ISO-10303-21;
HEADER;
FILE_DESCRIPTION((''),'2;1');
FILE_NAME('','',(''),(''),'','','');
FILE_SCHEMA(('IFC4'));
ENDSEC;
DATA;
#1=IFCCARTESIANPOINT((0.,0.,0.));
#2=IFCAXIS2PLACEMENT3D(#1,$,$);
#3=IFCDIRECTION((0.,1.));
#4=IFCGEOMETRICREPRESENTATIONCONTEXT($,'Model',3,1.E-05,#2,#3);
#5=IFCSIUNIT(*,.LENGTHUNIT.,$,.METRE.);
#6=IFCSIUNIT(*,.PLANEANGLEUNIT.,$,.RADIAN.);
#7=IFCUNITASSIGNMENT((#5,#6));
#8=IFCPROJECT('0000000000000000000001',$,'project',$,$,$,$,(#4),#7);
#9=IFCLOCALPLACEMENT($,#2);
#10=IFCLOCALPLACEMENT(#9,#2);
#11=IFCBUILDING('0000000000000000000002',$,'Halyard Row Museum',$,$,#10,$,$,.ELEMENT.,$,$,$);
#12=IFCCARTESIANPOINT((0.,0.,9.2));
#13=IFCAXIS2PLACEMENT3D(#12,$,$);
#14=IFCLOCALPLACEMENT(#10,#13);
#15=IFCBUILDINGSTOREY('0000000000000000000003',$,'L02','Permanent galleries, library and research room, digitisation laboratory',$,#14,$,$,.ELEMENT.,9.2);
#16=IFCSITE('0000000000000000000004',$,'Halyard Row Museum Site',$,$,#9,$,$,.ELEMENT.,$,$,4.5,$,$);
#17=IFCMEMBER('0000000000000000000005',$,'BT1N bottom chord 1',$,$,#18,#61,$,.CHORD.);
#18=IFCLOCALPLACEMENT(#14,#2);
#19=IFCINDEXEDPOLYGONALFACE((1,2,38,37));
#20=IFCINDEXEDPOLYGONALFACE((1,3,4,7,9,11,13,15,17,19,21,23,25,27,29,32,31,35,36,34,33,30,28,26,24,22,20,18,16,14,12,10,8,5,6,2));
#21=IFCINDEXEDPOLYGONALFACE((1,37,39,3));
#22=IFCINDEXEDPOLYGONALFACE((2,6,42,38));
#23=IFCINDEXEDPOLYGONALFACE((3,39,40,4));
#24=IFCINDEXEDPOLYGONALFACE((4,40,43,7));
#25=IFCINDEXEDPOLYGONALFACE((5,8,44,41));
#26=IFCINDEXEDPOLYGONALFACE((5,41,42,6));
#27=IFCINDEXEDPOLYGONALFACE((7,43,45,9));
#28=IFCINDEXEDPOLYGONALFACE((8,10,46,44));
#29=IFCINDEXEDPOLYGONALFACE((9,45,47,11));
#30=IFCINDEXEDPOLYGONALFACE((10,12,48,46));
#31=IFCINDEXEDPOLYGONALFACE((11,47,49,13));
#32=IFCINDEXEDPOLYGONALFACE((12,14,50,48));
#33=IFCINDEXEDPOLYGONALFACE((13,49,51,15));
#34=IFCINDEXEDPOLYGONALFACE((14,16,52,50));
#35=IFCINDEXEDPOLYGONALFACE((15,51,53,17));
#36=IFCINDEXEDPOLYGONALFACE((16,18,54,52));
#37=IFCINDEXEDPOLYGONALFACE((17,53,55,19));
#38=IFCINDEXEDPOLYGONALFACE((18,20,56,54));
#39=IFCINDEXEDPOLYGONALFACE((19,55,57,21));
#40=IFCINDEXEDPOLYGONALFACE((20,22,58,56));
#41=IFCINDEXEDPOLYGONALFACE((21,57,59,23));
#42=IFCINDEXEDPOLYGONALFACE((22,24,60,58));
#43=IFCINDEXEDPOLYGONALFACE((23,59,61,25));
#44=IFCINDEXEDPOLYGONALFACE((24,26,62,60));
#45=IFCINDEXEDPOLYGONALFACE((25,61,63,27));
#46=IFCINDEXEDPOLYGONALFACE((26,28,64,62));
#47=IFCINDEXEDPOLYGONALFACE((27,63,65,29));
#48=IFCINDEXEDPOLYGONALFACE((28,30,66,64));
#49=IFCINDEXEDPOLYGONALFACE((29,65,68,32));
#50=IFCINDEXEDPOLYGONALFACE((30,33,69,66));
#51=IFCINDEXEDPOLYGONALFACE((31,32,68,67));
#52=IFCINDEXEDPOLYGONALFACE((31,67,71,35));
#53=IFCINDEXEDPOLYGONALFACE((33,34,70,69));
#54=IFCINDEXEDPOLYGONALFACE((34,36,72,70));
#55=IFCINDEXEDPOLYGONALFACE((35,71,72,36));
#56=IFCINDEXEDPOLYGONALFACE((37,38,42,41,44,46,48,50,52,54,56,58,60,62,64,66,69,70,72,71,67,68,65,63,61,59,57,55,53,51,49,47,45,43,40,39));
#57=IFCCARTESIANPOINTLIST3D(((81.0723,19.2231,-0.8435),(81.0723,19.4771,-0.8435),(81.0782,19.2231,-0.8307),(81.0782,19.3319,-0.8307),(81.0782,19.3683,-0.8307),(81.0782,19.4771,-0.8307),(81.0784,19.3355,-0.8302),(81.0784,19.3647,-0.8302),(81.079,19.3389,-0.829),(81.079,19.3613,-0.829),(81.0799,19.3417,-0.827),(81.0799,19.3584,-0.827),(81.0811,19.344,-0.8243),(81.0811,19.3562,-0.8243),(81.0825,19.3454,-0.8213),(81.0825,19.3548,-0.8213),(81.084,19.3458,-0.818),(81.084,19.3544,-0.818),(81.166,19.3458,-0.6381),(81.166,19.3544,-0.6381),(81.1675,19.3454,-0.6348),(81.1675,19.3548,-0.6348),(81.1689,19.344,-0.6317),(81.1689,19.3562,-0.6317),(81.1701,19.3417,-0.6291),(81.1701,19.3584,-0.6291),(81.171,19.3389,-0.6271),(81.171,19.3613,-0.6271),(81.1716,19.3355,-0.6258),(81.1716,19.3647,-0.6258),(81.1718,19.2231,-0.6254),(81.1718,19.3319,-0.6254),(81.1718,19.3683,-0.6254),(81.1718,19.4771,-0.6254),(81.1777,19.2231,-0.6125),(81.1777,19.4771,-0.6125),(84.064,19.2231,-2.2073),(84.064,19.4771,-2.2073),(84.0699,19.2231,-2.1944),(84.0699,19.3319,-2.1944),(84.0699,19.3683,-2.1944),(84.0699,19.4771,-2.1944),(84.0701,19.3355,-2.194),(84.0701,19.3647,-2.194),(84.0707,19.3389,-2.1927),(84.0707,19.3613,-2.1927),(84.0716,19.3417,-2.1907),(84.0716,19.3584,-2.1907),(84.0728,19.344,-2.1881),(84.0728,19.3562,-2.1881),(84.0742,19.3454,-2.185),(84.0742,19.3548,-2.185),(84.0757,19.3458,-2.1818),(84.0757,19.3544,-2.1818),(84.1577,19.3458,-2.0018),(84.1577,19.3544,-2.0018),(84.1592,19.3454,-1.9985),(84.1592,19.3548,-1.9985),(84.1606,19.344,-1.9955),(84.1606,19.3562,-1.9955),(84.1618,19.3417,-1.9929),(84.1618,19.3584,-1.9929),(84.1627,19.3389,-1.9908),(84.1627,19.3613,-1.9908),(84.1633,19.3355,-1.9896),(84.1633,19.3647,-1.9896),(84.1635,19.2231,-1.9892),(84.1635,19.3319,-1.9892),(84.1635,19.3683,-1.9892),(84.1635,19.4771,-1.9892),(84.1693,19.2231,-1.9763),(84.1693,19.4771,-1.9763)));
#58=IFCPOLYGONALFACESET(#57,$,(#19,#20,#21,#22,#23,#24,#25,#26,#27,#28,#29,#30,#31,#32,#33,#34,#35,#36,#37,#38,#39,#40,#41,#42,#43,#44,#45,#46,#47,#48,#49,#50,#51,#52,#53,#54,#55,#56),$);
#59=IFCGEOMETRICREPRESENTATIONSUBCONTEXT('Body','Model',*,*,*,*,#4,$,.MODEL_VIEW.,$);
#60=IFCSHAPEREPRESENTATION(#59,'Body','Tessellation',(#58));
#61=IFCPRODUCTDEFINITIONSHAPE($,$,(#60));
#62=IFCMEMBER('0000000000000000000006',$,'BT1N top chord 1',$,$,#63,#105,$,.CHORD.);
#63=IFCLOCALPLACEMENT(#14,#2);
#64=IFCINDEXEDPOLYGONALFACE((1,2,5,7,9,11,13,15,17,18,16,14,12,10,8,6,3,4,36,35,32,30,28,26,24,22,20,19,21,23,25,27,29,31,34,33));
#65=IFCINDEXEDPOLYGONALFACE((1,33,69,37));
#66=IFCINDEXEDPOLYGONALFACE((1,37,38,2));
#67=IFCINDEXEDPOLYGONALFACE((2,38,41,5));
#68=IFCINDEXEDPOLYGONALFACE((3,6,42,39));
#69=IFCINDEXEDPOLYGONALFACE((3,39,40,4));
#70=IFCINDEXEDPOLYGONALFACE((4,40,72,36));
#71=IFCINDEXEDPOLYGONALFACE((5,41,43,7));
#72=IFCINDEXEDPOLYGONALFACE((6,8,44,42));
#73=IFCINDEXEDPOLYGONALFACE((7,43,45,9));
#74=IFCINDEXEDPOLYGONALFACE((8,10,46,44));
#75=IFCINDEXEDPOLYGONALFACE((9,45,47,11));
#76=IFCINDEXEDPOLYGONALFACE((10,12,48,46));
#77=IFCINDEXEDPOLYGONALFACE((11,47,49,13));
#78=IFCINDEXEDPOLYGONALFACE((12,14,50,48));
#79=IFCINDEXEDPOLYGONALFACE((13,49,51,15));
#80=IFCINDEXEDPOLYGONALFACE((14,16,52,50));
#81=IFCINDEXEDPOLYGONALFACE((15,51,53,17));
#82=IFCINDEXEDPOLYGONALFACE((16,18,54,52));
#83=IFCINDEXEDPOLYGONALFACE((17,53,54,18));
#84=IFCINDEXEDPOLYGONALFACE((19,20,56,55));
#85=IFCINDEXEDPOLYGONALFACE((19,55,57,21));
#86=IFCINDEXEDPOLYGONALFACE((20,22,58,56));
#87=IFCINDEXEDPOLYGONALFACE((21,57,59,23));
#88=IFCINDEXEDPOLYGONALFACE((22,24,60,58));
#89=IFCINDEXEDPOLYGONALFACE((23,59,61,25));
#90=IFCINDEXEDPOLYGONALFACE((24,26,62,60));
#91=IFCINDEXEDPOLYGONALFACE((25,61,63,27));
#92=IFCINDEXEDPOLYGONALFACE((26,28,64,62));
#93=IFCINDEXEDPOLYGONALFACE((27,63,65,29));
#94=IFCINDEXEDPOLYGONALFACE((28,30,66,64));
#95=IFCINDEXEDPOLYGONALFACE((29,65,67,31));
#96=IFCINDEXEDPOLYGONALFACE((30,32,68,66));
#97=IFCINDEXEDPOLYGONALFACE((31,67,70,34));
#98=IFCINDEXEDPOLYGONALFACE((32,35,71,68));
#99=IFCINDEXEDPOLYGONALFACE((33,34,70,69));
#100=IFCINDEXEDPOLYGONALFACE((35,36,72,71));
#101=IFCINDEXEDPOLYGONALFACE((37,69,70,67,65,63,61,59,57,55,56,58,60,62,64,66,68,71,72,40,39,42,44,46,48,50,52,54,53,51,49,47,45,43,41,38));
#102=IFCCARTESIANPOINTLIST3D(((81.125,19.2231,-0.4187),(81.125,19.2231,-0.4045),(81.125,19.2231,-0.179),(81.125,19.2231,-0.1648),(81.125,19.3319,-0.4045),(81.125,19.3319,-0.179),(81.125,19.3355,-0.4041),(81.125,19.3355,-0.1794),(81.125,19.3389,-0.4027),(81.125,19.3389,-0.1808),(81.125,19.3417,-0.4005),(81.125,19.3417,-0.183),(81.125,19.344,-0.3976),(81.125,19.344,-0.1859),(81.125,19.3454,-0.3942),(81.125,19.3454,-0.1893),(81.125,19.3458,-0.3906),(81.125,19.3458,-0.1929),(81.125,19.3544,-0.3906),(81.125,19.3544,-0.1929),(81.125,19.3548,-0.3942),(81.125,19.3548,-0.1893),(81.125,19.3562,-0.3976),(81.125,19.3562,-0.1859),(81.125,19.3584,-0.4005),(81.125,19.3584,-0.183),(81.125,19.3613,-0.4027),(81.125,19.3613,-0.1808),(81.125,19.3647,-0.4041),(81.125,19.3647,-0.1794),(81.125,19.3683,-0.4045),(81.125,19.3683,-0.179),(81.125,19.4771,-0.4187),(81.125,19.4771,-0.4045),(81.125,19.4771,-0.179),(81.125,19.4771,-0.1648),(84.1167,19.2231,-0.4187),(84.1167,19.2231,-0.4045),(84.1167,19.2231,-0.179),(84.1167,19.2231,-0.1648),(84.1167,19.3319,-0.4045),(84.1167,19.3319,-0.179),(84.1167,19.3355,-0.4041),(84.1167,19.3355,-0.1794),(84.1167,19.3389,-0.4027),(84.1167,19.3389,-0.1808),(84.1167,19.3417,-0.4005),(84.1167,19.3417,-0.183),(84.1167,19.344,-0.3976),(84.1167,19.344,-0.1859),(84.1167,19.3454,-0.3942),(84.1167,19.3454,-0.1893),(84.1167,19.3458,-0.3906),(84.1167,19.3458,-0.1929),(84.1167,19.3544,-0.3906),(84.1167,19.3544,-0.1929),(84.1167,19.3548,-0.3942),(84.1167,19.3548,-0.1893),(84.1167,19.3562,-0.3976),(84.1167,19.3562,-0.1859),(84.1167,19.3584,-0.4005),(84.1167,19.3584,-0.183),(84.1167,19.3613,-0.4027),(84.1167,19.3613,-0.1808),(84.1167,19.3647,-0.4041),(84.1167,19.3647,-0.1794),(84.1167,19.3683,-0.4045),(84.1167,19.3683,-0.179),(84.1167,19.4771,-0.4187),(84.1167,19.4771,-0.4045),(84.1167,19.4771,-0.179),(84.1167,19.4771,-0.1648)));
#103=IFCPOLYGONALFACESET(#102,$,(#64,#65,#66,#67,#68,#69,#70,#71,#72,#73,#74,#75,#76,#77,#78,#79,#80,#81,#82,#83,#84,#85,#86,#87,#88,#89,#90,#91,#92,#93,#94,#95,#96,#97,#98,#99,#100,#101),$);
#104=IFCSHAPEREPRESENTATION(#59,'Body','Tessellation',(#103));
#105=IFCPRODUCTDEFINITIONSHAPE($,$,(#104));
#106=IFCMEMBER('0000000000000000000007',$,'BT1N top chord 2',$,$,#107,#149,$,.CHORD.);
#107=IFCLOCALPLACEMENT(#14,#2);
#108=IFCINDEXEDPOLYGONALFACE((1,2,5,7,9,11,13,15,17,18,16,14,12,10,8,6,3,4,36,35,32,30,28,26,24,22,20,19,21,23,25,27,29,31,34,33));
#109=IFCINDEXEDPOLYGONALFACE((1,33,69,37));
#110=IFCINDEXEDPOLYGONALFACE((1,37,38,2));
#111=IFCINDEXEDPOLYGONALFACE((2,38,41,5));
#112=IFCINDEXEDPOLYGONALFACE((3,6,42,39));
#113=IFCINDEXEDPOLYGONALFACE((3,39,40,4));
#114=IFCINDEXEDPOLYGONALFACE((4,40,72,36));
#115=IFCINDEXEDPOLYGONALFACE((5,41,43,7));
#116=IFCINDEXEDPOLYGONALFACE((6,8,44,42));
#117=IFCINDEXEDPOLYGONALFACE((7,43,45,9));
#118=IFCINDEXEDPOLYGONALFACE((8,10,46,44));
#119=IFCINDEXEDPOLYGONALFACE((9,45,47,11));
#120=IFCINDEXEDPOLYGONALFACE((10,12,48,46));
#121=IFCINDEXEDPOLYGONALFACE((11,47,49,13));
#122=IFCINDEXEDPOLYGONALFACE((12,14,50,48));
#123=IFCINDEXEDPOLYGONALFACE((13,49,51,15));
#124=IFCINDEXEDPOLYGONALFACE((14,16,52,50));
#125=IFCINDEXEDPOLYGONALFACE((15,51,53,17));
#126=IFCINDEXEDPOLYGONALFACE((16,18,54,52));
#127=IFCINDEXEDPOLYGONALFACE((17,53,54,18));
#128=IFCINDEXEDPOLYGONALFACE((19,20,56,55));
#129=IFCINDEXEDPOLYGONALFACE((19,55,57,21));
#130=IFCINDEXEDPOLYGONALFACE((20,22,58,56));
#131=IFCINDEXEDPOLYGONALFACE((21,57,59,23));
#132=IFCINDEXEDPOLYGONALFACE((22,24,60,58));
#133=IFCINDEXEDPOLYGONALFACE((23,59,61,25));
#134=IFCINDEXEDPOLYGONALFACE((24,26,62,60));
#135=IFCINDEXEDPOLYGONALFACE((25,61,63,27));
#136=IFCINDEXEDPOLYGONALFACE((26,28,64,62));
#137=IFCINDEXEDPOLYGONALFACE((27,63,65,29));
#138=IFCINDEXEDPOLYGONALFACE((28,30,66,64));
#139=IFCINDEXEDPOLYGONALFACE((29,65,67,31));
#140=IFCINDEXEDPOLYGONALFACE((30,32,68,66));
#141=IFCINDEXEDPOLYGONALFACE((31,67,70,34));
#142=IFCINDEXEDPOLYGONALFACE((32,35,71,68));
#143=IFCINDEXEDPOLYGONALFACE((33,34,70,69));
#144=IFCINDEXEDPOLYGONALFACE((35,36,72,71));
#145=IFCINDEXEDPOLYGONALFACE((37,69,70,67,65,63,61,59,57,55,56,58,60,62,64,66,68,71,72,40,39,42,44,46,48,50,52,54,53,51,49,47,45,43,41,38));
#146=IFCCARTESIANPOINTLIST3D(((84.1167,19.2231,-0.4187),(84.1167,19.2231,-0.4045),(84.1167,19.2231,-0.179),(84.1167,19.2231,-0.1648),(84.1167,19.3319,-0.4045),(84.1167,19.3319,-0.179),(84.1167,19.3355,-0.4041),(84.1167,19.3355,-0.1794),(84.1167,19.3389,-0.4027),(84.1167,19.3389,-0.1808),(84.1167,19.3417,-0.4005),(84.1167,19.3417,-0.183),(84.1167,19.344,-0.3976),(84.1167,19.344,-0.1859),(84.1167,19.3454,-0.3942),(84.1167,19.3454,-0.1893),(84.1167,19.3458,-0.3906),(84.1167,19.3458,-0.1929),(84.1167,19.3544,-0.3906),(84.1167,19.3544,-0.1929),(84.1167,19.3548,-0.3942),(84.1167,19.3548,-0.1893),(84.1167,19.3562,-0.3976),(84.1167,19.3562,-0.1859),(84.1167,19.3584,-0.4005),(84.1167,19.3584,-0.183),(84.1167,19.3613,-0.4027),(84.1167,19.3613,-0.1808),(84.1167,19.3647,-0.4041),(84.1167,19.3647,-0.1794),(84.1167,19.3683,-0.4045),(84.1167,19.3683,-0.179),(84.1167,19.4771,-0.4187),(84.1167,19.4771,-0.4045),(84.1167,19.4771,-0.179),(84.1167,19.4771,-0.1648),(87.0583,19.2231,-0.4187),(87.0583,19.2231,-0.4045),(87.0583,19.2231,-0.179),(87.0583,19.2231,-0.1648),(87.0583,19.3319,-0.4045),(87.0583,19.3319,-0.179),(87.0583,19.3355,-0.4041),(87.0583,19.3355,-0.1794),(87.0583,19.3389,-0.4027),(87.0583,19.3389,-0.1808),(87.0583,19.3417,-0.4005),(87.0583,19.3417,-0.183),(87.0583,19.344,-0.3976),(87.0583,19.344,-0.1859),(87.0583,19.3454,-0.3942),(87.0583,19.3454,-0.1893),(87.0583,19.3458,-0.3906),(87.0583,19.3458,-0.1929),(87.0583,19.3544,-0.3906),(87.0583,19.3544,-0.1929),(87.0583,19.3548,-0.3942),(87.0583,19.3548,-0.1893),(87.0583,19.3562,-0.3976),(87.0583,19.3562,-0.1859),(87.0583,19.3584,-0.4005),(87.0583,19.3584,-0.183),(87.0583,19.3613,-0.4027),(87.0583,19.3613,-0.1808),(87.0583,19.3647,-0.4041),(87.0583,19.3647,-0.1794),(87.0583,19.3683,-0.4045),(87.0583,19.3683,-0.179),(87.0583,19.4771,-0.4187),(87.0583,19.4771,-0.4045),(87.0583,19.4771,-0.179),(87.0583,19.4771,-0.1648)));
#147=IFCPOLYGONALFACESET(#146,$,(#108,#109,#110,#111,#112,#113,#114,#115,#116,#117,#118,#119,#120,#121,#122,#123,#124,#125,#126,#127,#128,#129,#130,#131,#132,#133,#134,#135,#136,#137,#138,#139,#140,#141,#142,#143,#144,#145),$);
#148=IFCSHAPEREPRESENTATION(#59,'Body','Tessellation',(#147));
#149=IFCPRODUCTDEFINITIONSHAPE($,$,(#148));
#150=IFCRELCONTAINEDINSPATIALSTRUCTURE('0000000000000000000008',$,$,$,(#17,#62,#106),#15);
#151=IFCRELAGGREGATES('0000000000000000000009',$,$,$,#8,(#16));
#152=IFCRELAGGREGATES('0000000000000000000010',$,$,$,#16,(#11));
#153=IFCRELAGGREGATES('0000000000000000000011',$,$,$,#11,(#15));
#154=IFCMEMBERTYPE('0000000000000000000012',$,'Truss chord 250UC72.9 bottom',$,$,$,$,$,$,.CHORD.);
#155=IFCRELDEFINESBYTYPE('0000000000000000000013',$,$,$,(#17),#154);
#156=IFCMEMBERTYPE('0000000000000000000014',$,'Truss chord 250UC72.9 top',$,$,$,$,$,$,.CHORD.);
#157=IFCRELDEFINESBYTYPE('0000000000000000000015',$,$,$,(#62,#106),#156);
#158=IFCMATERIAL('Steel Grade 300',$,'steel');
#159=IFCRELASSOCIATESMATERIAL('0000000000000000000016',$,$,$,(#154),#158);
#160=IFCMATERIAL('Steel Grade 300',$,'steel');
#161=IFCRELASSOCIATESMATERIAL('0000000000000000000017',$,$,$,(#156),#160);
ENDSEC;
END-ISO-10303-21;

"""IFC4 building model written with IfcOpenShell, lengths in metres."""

from ifc_helpers import new_model, si_unit, direction, frame, origin, origin_2d, place, context, subcontext, project, spatial, i_section, extrude, material, material_profile, profile_set, type_object, element, save


model = new_model("IFC4")

# Units and contexts
model_context = context("Model", 3, precision=1e-05, world=origin(), true_north=direction((0.0, 1.0)))
body_context = subcontext(model_context, "Body", "Model", "MODEL_VIEW")
ifc_project = project(units=[si_unit("LENGTHUNIT", "METRE"), si_unit("PLANEANGLEUNIT", "RADIAN")], contexts=[model_context])

# Site, building, storey
site_placement = place(None, origin())
site = spatial("IfcSite", under=ifc_project, at=site_placement, Name="Halyard Row Museum Site", CompositionType="ELEMENT", RefElevation=4.5)
building_placement = place(site_placement, origin())
building = spatial("IfcBuilding", under=site, at=building_placement, Name="Halyard Row Museum", CompositionType="ELEMENT")
storey_placement = place(building_placement, frame((0.0, 0.0, 9.2)))
storey = spatial("IfcBuildingStorey", under=building, at=storey_placement, Name="L02", Description="Permanent galleries, library and research room, digitisation laboratory", CompositionType="ELEMENT", Elevation=9.2)

# Members
ifc_material_1 = material(Name="Steel Grade 300", Category="steel")
ifc_material_profile_1 = material_profile(ifc_material_1, i_section(OverallWidth=0.2539, OverallDepth=0.2539, WebThickness=0.0085, FlangeThickness=0.0142, FilletRadius=0.0139, at=origin_2d()), Name="250UC72.9")
ifc_profile_set_1 = profile_set([ifc_material_profile_1], Name="Steel Grade 300")
member_type_1 = type_object("IfcMemberType", Name="Truss chord 250UC72.9 bottom", PredefinedType="CHORD", material=ifc_profile_set_1)
member_1_placement = place(storey_placement, frame((81.125, 19.3501, -0.728), z_axis=(0.909918, 0.0, -0.414787), x_axis=(0.0, 1.0, 0.0)))
element("IfcMember", 1, at=member_1_placement, inside=storey, type_object=member_type_1, Name="BT1N bottom chord 1", PredefinedType="CHORD", context=body_context, shape_type="SweptSolid", body=[
    extrude(i_section(OverallWidth=0.2539, OverallDepth=0.2539, WebThickness=0.0085, FlangeThickness=0.0142, FilletRadius=0.0139, at=origin_2d()), origin(), (0.0, 0.0, 1.0), 3.2878),
])
ifc_material_2 = material(Name="Steel Grade 300", Category="steel")
ifc_material_profile_2 = material_profile(ifc_material_2, i_section(OverallWidth=0.2539, OverallDepth=0.2539, WebThickness=0.0085, FlangeThickness=0.0142, FilletRadius=0.0139, at=origin_2d()), Name="250UC72.9")
ifc_profile_set_2 = profile_set([ifc_material_profile_2], Name="Steel Grade 300")
member_type_2 = type_object("IfcMemberType", Name="Truss chord 250UC72.9 top", PredefinedType="CHORD", material=ifc_profile_set_2)
member_2_placement = place(storey_placement, frame((81.125, 19.3501, -0.2917), z_axis=(1.0, 0.0, 0.0), x_axis=(0.0, 1.0, 0.0)))
element("IfcMember", 2, at=member_2_placement, inside=storey, type_object=member_type_2, Name="BT1N top chord 1", PredefinedType="CHORD", context=body_context, shape_type="SweptSolid", body=[
    extrude(i_section(OverallWidth=0.2539, OverallDepth=0.2539, WebThickness=0.0085, FlangeThickness=0.0142, FilletRadius=0.0139, at=origin_2d()), origin(), (0.0, 0.0, 1.0), 2.9917),
])
member_3_placement = place(storey_placement, frame((84.1167, 19.3501, -0.2917), z_axis=(1.0, 0.0, 0.0), x_axis=(0.0, 1.0, 0.0)))
element("IfcMember", 3, at=member_3_placement, inside=storey, type_object=member_type_2, Name="BT1N top chord 2", PredefinedType="CHORD", context=body_context, shape_type="SweptSolid", body=[
    extrude(i_section(OverallWidth=0.2539, OverallDepth=0.2539, WebThickness=0.0085, FlangeThickness=0.0142, FilletRadius=0.0139, at=origin_2d()), origin(), (0.0, 0.0, 1.0), 2.9417),
])

save(model, "model.ifc")
